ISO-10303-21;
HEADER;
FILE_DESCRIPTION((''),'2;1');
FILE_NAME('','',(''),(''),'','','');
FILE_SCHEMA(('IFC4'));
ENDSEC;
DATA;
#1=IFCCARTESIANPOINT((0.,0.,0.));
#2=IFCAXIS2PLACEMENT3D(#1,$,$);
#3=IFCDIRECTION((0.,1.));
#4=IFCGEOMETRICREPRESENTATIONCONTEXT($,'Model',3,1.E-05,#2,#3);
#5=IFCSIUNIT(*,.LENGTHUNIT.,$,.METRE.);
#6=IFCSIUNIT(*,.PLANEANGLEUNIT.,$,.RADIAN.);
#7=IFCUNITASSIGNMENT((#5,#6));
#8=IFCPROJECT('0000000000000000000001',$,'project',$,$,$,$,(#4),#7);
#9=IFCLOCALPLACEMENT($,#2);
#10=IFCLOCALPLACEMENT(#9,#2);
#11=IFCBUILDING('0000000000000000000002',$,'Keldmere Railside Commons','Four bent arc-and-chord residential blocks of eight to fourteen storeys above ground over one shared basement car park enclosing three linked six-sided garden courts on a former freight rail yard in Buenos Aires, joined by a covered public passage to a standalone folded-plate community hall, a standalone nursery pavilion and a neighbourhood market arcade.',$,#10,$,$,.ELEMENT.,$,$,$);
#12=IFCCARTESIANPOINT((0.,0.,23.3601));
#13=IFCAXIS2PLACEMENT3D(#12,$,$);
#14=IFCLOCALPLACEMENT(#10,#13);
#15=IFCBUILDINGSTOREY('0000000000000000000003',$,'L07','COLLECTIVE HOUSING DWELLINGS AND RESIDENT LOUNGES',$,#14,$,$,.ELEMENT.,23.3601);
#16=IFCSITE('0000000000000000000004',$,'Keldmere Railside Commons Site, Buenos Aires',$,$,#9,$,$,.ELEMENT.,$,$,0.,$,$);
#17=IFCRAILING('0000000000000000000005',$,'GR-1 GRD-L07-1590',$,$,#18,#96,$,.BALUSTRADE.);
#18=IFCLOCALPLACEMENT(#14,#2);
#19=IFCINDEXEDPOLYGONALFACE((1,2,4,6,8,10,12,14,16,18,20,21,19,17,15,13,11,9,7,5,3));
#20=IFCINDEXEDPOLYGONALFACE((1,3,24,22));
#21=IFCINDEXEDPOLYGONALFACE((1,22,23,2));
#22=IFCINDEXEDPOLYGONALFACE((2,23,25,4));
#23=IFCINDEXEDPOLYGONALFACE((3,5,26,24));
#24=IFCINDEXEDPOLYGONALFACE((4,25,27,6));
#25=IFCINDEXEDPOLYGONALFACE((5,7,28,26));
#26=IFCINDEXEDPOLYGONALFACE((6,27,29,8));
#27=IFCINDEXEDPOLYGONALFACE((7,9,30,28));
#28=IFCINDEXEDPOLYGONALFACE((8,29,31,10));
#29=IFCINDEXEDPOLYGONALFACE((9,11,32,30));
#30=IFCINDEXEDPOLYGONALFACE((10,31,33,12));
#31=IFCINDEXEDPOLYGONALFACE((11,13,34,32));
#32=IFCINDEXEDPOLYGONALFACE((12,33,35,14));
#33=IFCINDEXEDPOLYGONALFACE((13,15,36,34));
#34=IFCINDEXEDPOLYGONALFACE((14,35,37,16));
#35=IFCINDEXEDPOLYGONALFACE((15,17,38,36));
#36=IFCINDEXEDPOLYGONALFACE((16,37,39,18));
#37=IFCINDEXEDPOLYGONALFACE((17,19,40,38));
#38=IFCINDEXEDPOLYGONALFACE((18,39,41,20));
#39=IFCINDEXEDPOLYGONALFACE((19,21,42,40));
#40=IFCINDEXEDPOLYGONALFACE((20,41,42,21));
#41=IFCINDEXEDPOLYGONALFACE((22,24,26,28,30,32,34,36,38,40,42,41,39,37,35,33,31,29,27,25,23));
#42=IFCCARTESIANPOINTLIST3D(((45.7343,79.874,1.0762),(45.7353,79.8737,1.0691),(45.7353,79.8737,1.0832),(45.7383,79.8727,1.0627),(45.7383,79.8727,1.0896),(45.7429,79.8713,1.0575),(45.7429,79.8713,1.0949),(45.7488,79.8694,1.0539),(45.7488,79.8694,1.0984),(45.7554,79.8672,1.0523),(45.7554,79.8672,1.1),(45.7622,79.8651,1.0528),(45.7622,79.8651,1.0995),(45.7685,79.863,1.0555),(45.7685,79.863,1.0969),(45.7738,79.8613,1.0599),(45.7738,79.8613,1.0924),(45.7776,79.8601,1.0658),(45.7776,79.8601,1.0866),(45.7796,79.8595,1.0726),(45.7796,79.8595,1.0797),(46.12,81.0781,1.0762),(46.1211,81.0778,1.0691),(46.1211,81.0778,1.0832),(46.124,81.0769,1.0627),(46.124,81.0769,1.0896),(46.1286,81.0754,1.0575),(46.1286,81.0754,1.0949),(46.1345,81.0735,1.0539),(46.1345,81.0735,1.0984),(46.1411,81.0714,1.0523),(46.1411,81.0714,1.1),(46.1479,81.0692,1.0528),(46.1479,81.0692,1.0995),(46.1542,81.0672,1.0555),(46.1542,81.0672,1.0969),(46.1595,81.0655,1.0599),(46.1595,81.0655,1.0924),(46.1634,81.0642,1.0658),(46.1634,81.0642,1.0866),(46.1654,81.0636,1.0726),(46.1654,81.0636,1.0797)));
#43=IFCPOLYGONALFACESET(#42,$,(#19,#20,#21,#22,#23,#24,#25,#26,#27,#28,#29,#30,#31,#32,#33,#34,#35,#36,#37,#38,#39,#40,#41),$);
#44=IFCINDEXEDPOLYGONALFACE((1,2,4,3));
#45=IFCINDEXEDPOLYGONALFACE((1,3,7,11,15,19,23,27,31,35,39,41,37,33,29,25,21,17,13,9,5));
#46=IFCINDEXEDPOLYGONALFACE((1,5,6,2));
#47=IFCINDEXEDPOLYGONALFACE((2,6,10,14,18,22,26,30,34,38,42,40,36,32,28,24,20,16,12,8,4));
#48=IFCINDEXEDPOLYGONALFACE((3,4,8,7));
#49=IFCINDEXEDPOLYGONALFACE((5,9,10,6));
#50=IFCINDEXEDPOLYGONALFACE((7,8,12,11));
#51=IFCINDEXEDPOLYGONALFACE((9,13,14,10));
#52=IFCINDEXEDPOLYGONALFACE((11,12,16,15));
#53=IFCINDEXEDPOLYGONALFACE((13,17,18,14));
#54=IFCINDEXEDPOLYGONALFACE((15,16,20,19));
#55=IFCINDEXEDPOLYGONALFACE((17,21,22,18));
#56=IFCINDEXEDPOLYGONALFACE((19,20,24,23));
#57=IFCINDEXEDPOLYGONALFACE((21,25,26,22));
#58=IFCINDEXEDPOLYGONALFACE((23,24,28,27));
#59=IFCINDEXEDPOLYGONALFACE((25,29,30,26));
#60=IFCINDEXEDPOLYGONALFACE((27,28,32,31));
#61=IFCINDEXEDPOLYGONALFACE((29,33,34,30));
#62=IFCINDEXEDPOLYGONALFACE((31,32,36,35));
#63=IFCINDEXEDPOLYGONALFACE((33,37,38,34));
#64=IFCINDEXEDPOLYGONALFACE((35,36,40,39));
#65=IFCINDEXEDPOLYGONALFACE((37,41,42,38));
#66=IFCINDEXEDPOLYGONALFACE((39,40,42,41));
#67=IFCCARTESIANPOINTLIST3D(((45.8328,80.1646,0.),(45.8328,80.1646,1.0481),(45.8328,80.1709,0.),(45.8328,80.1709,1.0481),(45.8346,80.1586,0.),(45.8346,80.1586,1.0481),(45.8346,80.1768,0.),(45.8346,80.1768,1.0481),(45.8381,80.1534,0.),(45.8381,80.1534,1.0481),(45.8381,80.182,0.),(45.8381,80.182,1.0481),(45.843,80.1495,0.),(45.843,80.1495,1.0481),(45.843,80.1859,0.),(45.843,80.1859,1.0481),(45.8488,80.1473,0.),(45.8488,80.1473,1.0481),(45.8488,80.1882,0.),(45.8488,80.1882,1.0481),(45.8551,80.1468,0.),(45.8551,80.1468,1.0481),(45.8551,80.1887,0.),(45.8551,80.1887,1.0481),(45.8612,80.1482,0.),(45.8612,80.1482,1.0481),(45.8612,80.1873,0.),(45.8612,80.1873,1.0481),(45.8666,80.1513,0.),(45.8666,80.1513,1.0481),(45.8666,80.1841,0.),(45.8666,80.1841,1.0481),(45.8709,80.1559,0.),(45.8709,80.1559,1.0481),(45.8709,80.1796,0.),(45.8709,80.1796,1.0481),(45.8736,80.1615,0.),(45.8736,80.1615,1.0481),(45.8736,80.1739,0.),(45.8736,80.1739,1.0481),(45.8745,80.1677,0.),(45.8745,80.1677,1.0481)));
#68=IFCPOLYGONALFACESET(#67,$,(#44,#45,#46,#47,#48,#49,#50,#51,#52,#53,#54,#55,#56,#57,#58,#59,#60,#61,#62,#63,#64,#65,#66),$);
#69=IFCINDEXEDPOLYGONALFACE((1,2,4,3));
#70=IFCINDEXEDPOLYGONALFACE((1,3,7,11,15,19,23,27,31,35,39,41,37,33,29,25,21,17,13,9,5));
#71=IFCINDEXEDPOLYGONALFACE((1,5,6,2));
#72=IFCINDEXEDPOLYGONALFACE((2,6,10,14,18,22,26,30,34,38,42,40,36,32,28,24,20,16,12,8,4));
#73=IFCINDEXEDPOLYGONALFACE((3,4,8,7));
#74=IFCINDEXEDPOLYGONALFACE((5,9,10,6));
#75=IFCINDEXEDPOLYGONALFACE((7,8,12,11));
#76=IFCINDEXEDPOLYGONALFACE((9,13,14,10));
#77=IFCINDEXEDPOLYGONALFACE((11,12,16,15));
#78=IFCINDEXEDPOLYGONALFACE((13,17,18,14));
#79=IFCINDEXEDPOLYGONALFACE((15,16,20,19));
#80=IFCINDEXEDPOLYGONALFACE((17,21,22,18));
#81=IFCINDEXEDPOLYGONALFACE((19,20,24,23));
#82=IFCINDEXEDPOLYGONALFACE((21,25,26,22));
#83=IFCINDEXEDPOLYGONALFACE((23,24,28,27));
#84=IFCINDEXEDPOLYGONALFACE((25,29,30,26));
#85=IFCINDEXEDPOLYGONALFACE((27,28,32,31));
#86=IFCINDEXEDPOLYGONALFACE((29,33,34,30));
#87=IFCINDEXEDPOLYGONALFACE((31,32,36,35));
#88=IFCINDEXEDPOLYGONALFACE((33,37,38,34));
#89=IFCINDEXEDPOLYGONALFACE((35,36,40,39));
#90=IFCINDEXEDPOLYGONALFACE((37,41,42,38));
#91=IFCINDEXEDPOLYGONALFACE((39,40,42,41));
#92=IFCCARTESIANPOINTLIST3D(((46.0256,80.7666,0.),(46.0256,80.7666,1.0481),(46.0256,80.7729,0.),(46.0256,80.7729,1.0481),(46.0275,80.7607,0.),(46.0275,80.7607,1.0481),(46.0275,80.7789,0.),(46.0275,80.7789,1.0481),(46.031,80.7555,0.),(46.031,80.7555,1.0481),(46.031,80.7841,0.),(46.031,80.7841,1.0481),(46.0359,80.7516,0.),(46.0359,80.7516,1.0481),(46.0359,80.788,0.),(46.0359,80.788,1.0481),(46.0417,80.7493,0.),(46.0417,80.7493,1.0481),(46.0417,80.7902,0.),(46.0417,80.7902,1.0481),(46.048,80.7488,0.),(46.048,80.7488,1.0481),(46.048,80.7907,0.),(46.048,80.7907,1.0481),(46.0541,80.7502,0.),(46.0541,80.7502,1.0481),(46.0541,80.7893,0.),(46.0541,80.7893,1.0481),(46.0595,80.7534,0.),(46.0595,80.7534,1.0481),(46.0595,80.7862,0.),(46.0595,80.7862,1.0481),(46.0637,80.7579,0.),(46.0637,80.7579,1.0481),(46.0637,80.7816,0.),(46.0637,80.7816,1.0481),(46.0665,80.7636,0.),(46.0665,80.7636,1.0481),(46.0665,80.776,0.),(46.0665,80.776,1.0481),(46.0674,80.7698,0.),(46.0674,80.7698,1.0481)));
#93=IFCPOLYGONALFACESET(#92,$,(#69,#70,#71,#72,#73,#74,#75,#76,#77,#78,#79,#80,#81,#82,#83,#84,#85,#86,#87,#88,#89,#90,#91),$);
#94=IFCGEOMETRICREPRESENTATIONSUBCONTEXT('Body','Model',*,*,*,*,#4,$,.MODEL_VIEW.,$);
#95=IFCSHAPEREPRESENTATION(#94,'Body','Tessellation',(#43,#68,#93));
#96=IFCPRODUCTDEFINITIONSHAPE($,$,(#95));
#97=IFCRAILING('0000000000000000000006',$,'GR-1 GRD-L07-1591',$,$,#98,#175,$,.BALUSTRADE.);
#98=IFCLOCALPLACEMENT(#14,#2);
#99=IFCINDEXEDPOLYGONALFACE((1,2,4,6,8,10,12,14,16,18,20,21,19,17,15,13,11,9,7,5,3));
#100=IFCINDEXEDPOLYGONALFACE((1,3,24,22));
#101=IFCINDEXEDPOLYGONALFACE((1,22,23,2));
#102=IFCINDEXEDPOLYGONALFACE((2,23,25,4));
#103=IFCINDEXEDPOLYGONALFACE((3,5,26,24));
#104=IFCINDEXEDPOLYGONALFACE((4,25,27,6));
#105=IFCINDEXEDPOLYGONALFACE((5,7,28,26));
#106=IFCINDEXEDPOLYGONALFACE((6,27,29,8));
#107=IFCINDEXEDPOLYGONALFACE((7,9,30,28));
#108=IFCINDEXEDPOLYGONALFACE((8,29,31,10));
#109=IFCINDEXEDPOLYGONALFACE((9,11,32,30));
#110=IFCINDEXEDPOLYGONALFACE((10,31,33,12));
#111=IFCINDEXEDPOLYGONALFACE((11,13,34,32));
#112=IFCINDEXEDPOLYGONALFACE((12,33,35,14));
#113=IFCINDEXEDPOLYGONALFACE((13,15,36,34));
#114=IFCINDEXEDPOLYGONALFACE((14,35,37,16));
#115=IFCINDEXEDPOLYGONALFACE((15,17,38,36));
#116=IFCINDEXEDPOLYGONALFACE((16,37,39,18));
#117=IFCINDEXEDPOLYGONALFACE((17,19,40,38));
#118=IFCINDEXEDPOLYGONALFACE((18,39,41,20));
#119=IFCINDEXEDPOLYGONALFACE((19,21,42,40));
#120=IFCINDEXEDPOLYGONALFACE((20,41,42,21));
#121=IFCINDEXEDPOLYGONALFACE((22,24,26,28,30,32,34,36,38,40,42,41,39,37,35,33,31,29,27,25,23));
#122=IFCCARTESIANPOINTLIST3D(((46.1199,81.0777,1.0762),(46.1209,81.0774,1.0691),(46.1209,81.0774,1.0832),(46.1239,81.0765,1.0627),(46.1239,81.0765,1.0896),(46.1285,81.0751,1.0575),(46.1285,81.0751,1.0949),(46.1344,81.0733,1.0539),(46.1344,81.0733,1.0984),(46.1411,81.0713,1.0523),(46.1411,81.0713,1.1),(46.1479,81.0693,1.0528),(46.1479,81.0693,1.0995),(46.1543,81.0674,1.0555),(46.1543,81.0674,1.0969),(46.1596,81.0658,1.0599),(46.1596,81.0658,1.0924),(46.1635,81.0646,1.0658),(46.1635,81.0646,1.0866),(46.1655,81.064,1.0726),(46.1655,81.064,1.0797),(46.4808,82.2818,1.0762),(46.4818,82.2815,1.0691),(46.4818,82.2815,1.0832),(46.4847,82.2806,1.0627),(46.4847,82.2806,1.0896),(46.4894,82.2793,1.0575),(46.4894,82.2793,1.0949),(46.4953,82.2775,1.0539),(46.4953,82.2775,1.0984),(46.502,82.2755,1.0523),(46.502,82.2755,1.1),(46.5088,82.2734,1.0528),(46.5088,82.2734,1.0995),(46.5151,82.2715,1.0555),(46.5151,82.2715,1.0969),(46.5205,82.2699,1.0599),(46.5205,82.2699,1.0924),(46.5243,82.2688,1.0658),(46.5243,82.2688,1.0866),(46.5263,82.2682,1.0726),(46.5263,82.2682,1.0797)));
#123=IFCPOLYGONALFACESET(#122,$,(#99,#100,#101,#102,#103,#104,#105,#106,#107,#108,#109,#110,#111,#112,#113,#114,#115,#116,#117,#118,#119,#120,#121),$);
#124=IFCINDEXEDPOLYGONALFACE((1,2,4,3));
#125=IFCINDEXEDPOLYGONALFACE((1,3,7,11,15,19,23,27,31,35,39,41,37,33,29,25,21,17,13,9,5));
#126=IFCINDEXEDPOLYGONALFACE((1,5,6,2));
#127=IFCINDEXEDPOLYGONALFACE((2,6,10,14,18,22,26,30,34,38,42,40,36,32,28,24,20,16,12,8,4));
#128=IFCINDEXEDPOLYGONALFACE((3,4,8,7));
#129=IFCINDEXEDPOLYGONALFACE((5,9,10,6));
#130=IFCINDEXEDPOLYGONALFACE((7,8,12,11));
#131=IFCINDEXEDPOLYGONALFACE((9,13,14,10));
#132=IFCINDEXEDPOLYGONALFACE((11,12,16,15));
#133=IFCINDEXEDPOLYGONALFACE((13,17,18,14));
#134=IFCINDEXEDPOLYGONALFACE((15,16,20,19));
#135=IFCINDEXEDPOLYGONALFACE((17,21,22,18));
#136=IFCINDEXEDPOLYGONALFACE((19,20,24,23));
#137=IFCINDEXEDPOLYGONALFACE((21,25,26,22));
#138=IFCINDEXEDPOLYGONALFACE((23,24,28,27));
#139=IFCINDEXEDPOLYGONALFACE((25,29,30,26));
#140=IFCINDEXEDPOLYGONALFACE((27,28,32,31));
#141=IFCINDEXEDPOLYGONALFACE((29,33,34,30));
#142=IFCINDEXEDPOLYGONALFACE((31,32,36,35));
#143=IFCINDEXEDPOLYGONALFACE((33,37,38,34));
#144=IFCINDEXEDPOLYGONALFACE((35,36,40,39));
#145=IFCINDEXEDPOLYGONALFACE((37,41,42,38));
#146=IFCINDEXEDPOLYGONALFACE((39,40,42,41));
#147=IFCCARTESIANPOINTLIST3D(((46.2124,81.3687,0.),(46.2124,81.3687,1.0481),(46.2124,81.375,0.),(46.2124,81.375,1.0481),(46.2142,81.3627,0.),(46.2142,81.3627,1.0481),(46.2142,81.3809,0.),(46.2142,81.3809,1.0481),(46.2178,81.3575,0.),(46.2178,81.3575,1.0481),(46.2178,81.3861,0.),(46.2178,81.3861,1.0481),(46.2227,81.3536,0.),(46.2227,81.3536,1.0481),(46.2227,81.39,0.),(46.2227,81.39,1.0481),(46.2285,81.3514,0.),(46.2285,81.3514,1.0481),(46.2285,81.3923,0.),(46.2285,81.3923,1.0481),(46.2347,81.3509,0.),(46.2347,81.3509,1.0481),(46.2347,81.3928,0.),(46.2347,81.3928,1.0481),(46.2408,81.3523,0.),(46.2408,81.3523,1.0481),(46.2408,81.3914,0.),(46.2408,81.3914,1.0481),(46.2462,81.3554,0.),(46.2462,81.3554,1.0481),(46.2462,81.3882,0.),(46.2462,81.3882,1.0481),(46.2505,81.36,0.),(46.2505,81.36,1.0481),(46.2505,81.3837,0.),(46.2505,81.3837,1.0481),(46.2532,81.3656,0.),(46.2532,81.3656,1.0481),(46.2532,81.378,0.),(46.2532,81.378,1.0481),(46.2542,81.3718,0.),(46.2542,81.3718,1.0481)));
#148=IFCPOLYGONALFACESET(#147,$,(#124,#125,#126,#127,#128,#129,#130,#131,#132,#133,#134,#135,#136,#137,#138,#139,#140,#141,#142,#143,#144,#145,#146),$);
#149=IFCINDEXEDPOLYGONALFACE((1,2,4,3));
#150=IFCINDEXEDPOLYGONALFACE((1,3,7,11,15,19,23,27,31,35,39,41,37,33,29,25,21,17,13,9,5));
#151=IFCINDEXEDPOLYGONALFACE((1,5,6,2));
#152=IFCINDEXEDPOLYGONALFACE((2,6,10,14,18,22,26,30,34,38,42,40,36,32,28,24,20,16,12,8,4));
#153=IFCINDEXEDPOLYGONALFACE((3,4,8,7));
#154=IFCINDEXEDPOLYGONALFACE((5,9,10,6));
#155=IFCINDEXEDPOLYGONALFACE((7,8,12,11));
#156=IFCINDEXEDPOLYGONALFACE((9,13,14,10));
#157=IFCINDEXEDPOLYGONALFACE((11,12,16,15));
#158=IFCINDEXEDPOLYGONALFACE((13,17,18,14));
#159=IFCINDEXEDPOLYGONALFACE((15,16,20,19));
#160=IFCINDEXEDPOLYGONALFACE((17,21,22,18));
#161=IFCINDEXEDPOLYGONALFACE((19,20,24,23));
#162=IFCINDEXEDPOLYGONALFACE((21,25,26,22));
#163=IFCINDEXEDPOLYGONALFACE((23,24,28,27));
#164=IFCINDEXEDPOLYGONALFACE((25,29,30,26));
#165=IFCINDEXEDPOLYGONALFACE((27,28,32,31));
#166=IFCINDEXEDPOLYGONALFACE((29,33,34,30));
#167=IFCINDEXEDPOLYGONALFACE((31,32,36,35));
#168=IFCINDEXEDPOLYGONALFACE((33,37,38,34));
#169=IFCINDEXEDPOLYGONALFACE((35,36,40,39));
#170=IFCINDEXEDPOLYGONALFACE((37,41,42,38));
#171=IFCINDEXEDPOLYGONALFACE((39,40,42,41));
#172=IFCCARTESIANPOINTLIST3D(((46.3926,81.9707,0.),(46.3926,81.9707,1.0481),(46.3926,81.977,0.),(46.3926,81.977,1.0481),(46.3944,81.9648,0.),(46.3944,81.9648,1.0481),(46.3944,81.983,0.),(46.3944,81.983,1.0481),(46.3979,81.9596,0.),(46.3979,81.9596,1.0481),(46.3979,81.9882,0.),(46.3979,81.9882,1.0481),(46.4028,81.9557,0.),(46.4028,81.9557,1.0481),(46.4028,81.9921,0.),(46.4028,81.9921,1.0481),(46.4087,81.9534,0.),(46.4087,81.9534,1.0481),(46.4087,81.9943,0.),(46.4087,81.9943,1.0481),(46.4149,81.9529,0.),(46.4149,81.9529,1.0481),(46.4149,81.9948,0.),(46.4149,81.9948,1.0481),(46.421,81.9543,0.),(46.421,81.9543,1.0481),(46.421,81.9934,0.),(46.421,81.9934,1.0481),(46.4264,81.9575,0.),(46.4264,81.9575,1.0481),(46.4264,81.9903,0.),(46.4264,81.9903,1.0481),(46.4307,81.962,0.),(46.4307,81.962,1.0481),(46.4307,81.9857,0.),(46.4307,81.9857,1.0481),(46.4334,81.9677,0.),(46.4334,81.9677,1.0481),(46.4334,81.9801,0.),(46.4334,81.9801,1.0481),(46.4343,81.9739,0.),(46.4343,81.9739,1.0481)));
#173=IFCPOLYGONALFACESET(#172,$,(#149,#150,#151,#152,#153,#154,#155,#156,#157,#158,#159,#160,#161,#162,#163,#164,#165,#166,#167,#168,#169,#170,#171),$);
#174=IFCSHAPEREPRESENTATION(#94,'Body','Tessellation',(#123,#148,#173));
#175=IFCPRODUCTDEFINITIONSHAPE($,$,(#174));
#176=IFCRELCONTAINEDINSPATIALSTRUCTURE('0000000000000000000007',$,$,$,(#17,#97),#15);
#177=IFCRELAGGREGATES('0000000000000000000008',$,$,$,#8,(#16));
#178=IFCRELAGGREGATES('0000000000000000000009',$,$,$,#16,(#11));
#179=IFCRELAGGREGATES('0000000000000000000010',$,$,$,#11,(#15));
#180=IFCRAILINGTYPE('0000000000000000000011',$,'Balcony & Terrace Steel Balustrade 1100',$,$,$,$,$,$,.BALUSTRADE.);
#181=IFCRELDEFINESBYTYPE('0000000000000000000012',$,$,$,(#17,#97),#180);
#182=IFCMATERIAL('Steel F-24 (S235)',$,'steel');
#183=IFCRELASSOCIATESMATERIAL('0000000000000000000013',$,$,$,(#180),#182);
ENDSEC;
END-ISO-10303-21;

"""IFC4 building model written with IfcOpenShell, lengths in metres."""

from ifc_helpers import new_model, si_unit, direction, frame, origin, origin_2d, place, context, subcontext, project, spatial, circle, extrude, material, type_object, element, save


model = new_model("IFC4")

# Units and contexts
model_context = context("Model", 3, precision=1e-05, world=origin(), true_north=direction((0.0, 1.0)))
body_context = subcontext(model_context, "Body", "Model", "MODEL_VIEW")
ifc_project = project(units=[si_unit("LENGTHUNIT", "METRE"), si_unit("PLANEANGLEUNIT", "RADIAN")], contexts=[model_context])

# Site, building, storey
site_placement = place(None, origin())
site = spatial("IfcSite", under=ifc_project, at=site_placement, Name="Keldmere Railside Commons Site, Buenos Aires", CompositionType="ELEMENT", RefElevation=0.0)
building_placement = place(site_placement, origin())
building = spatial("IfcBuilding", under=site, at=building_placement, Name="Keldmere Railside Commons", Description="Four bent arc-and-chord residential blocks of eight to fourteen storeys above ground over one shared basement car park enclosing three linked six-sided garden courts on a former freight rail yard in Buenos Aires, joined by a covered public passage to a standalone folded-plate community hall, a standalone nursery pavilion and a neighbourhood market arcade.", CompositionType="ELEMENT")
storey_placement = place(building_placement, frame((0.0, 0.0, 23.3601)))
storey = spatial("IfcBuildingStorey", under=building, at=storey_placement, Name="L07", Description="COLLECTIVE HOUSING DWELLINGS AND RESIDENT LOUNGES", CompositionType="ELEMENT", Elevation=23.3601)

# Railings
ifc_material_1 = material(Name="Steel F-24 (S235)", Category="steel")
railing_type = type_object("IfcRailingType", Name="Balcony & Terrace Steel Balustrade 1100", PredefinedType="BALUSTRADE", material=ifc_material_1)
railing_1_placement = place(storey_placement, frame((45.7571, 79.8667, 0.0)))
element("IfcRailing", 1, at=railing_1_placement, inside=storey, type_object=railing_type, Name="GR-1 GRD-L07-1590", PredefinedType="BALUSTRADE", context=body_context, shape_type="SweptSolid", body=[
    extrude(circle(Radius=0.0239, at=origin_2d()), frame((0.0, 0.0, 1.0762), z_axis=(0.305084, 0.952325, 0.0), x_axis=(-0.952325, 0.305084, 0.0)), (0.0, 0.0, 1.0), 1.2644),
    extrude(circle(Radius=0.021, at=origin_2d()), frame((0.0964, 0.301, 0.0)), (0.0, 0.0, 1.0), 1.0481),
    extrude(circle(Radius=0.021, at=origin_2d()), frame((0.2893, 0.9031, 0.0)), (0.0, 0.0, 1.0), 1.0481),
])
railing_2_placement = place(storey_placement, frame((46.1428, 81.0708, 0.0)))
element("IfcRailing", 2, at=railing_2_placement, inside=storey, type_object=railing_type, Name="GR-1 GRD-L07-1591", PredefinedType="BALUSTRADE", context=body_context, shape_type="SweptSolid", body=[
    extrude(circle(Radius=0.0239, at=origin_2d()), frame((0.0, 0.0, 1.0762), z_axis=(0.287063, 0.957912, 0.0), x_axis=(-0.957912, 0.287063, 0.0)), (0.0, 0.0, 1.0), 1.2571),
    extrude(circle(Radius=0.021, at=origin_2d()), frame((0.0903, 0.301, 0.0)), (0.0, 0.0, 1.0), 1.0481),
    extrude(circle(Radius=0.021, at=origin_2d()), frame((0.2705, 0.9031, 0.0)), (0.0, 0.0, 1.0), 1.0481),
])

save(model, "model.ifc")
